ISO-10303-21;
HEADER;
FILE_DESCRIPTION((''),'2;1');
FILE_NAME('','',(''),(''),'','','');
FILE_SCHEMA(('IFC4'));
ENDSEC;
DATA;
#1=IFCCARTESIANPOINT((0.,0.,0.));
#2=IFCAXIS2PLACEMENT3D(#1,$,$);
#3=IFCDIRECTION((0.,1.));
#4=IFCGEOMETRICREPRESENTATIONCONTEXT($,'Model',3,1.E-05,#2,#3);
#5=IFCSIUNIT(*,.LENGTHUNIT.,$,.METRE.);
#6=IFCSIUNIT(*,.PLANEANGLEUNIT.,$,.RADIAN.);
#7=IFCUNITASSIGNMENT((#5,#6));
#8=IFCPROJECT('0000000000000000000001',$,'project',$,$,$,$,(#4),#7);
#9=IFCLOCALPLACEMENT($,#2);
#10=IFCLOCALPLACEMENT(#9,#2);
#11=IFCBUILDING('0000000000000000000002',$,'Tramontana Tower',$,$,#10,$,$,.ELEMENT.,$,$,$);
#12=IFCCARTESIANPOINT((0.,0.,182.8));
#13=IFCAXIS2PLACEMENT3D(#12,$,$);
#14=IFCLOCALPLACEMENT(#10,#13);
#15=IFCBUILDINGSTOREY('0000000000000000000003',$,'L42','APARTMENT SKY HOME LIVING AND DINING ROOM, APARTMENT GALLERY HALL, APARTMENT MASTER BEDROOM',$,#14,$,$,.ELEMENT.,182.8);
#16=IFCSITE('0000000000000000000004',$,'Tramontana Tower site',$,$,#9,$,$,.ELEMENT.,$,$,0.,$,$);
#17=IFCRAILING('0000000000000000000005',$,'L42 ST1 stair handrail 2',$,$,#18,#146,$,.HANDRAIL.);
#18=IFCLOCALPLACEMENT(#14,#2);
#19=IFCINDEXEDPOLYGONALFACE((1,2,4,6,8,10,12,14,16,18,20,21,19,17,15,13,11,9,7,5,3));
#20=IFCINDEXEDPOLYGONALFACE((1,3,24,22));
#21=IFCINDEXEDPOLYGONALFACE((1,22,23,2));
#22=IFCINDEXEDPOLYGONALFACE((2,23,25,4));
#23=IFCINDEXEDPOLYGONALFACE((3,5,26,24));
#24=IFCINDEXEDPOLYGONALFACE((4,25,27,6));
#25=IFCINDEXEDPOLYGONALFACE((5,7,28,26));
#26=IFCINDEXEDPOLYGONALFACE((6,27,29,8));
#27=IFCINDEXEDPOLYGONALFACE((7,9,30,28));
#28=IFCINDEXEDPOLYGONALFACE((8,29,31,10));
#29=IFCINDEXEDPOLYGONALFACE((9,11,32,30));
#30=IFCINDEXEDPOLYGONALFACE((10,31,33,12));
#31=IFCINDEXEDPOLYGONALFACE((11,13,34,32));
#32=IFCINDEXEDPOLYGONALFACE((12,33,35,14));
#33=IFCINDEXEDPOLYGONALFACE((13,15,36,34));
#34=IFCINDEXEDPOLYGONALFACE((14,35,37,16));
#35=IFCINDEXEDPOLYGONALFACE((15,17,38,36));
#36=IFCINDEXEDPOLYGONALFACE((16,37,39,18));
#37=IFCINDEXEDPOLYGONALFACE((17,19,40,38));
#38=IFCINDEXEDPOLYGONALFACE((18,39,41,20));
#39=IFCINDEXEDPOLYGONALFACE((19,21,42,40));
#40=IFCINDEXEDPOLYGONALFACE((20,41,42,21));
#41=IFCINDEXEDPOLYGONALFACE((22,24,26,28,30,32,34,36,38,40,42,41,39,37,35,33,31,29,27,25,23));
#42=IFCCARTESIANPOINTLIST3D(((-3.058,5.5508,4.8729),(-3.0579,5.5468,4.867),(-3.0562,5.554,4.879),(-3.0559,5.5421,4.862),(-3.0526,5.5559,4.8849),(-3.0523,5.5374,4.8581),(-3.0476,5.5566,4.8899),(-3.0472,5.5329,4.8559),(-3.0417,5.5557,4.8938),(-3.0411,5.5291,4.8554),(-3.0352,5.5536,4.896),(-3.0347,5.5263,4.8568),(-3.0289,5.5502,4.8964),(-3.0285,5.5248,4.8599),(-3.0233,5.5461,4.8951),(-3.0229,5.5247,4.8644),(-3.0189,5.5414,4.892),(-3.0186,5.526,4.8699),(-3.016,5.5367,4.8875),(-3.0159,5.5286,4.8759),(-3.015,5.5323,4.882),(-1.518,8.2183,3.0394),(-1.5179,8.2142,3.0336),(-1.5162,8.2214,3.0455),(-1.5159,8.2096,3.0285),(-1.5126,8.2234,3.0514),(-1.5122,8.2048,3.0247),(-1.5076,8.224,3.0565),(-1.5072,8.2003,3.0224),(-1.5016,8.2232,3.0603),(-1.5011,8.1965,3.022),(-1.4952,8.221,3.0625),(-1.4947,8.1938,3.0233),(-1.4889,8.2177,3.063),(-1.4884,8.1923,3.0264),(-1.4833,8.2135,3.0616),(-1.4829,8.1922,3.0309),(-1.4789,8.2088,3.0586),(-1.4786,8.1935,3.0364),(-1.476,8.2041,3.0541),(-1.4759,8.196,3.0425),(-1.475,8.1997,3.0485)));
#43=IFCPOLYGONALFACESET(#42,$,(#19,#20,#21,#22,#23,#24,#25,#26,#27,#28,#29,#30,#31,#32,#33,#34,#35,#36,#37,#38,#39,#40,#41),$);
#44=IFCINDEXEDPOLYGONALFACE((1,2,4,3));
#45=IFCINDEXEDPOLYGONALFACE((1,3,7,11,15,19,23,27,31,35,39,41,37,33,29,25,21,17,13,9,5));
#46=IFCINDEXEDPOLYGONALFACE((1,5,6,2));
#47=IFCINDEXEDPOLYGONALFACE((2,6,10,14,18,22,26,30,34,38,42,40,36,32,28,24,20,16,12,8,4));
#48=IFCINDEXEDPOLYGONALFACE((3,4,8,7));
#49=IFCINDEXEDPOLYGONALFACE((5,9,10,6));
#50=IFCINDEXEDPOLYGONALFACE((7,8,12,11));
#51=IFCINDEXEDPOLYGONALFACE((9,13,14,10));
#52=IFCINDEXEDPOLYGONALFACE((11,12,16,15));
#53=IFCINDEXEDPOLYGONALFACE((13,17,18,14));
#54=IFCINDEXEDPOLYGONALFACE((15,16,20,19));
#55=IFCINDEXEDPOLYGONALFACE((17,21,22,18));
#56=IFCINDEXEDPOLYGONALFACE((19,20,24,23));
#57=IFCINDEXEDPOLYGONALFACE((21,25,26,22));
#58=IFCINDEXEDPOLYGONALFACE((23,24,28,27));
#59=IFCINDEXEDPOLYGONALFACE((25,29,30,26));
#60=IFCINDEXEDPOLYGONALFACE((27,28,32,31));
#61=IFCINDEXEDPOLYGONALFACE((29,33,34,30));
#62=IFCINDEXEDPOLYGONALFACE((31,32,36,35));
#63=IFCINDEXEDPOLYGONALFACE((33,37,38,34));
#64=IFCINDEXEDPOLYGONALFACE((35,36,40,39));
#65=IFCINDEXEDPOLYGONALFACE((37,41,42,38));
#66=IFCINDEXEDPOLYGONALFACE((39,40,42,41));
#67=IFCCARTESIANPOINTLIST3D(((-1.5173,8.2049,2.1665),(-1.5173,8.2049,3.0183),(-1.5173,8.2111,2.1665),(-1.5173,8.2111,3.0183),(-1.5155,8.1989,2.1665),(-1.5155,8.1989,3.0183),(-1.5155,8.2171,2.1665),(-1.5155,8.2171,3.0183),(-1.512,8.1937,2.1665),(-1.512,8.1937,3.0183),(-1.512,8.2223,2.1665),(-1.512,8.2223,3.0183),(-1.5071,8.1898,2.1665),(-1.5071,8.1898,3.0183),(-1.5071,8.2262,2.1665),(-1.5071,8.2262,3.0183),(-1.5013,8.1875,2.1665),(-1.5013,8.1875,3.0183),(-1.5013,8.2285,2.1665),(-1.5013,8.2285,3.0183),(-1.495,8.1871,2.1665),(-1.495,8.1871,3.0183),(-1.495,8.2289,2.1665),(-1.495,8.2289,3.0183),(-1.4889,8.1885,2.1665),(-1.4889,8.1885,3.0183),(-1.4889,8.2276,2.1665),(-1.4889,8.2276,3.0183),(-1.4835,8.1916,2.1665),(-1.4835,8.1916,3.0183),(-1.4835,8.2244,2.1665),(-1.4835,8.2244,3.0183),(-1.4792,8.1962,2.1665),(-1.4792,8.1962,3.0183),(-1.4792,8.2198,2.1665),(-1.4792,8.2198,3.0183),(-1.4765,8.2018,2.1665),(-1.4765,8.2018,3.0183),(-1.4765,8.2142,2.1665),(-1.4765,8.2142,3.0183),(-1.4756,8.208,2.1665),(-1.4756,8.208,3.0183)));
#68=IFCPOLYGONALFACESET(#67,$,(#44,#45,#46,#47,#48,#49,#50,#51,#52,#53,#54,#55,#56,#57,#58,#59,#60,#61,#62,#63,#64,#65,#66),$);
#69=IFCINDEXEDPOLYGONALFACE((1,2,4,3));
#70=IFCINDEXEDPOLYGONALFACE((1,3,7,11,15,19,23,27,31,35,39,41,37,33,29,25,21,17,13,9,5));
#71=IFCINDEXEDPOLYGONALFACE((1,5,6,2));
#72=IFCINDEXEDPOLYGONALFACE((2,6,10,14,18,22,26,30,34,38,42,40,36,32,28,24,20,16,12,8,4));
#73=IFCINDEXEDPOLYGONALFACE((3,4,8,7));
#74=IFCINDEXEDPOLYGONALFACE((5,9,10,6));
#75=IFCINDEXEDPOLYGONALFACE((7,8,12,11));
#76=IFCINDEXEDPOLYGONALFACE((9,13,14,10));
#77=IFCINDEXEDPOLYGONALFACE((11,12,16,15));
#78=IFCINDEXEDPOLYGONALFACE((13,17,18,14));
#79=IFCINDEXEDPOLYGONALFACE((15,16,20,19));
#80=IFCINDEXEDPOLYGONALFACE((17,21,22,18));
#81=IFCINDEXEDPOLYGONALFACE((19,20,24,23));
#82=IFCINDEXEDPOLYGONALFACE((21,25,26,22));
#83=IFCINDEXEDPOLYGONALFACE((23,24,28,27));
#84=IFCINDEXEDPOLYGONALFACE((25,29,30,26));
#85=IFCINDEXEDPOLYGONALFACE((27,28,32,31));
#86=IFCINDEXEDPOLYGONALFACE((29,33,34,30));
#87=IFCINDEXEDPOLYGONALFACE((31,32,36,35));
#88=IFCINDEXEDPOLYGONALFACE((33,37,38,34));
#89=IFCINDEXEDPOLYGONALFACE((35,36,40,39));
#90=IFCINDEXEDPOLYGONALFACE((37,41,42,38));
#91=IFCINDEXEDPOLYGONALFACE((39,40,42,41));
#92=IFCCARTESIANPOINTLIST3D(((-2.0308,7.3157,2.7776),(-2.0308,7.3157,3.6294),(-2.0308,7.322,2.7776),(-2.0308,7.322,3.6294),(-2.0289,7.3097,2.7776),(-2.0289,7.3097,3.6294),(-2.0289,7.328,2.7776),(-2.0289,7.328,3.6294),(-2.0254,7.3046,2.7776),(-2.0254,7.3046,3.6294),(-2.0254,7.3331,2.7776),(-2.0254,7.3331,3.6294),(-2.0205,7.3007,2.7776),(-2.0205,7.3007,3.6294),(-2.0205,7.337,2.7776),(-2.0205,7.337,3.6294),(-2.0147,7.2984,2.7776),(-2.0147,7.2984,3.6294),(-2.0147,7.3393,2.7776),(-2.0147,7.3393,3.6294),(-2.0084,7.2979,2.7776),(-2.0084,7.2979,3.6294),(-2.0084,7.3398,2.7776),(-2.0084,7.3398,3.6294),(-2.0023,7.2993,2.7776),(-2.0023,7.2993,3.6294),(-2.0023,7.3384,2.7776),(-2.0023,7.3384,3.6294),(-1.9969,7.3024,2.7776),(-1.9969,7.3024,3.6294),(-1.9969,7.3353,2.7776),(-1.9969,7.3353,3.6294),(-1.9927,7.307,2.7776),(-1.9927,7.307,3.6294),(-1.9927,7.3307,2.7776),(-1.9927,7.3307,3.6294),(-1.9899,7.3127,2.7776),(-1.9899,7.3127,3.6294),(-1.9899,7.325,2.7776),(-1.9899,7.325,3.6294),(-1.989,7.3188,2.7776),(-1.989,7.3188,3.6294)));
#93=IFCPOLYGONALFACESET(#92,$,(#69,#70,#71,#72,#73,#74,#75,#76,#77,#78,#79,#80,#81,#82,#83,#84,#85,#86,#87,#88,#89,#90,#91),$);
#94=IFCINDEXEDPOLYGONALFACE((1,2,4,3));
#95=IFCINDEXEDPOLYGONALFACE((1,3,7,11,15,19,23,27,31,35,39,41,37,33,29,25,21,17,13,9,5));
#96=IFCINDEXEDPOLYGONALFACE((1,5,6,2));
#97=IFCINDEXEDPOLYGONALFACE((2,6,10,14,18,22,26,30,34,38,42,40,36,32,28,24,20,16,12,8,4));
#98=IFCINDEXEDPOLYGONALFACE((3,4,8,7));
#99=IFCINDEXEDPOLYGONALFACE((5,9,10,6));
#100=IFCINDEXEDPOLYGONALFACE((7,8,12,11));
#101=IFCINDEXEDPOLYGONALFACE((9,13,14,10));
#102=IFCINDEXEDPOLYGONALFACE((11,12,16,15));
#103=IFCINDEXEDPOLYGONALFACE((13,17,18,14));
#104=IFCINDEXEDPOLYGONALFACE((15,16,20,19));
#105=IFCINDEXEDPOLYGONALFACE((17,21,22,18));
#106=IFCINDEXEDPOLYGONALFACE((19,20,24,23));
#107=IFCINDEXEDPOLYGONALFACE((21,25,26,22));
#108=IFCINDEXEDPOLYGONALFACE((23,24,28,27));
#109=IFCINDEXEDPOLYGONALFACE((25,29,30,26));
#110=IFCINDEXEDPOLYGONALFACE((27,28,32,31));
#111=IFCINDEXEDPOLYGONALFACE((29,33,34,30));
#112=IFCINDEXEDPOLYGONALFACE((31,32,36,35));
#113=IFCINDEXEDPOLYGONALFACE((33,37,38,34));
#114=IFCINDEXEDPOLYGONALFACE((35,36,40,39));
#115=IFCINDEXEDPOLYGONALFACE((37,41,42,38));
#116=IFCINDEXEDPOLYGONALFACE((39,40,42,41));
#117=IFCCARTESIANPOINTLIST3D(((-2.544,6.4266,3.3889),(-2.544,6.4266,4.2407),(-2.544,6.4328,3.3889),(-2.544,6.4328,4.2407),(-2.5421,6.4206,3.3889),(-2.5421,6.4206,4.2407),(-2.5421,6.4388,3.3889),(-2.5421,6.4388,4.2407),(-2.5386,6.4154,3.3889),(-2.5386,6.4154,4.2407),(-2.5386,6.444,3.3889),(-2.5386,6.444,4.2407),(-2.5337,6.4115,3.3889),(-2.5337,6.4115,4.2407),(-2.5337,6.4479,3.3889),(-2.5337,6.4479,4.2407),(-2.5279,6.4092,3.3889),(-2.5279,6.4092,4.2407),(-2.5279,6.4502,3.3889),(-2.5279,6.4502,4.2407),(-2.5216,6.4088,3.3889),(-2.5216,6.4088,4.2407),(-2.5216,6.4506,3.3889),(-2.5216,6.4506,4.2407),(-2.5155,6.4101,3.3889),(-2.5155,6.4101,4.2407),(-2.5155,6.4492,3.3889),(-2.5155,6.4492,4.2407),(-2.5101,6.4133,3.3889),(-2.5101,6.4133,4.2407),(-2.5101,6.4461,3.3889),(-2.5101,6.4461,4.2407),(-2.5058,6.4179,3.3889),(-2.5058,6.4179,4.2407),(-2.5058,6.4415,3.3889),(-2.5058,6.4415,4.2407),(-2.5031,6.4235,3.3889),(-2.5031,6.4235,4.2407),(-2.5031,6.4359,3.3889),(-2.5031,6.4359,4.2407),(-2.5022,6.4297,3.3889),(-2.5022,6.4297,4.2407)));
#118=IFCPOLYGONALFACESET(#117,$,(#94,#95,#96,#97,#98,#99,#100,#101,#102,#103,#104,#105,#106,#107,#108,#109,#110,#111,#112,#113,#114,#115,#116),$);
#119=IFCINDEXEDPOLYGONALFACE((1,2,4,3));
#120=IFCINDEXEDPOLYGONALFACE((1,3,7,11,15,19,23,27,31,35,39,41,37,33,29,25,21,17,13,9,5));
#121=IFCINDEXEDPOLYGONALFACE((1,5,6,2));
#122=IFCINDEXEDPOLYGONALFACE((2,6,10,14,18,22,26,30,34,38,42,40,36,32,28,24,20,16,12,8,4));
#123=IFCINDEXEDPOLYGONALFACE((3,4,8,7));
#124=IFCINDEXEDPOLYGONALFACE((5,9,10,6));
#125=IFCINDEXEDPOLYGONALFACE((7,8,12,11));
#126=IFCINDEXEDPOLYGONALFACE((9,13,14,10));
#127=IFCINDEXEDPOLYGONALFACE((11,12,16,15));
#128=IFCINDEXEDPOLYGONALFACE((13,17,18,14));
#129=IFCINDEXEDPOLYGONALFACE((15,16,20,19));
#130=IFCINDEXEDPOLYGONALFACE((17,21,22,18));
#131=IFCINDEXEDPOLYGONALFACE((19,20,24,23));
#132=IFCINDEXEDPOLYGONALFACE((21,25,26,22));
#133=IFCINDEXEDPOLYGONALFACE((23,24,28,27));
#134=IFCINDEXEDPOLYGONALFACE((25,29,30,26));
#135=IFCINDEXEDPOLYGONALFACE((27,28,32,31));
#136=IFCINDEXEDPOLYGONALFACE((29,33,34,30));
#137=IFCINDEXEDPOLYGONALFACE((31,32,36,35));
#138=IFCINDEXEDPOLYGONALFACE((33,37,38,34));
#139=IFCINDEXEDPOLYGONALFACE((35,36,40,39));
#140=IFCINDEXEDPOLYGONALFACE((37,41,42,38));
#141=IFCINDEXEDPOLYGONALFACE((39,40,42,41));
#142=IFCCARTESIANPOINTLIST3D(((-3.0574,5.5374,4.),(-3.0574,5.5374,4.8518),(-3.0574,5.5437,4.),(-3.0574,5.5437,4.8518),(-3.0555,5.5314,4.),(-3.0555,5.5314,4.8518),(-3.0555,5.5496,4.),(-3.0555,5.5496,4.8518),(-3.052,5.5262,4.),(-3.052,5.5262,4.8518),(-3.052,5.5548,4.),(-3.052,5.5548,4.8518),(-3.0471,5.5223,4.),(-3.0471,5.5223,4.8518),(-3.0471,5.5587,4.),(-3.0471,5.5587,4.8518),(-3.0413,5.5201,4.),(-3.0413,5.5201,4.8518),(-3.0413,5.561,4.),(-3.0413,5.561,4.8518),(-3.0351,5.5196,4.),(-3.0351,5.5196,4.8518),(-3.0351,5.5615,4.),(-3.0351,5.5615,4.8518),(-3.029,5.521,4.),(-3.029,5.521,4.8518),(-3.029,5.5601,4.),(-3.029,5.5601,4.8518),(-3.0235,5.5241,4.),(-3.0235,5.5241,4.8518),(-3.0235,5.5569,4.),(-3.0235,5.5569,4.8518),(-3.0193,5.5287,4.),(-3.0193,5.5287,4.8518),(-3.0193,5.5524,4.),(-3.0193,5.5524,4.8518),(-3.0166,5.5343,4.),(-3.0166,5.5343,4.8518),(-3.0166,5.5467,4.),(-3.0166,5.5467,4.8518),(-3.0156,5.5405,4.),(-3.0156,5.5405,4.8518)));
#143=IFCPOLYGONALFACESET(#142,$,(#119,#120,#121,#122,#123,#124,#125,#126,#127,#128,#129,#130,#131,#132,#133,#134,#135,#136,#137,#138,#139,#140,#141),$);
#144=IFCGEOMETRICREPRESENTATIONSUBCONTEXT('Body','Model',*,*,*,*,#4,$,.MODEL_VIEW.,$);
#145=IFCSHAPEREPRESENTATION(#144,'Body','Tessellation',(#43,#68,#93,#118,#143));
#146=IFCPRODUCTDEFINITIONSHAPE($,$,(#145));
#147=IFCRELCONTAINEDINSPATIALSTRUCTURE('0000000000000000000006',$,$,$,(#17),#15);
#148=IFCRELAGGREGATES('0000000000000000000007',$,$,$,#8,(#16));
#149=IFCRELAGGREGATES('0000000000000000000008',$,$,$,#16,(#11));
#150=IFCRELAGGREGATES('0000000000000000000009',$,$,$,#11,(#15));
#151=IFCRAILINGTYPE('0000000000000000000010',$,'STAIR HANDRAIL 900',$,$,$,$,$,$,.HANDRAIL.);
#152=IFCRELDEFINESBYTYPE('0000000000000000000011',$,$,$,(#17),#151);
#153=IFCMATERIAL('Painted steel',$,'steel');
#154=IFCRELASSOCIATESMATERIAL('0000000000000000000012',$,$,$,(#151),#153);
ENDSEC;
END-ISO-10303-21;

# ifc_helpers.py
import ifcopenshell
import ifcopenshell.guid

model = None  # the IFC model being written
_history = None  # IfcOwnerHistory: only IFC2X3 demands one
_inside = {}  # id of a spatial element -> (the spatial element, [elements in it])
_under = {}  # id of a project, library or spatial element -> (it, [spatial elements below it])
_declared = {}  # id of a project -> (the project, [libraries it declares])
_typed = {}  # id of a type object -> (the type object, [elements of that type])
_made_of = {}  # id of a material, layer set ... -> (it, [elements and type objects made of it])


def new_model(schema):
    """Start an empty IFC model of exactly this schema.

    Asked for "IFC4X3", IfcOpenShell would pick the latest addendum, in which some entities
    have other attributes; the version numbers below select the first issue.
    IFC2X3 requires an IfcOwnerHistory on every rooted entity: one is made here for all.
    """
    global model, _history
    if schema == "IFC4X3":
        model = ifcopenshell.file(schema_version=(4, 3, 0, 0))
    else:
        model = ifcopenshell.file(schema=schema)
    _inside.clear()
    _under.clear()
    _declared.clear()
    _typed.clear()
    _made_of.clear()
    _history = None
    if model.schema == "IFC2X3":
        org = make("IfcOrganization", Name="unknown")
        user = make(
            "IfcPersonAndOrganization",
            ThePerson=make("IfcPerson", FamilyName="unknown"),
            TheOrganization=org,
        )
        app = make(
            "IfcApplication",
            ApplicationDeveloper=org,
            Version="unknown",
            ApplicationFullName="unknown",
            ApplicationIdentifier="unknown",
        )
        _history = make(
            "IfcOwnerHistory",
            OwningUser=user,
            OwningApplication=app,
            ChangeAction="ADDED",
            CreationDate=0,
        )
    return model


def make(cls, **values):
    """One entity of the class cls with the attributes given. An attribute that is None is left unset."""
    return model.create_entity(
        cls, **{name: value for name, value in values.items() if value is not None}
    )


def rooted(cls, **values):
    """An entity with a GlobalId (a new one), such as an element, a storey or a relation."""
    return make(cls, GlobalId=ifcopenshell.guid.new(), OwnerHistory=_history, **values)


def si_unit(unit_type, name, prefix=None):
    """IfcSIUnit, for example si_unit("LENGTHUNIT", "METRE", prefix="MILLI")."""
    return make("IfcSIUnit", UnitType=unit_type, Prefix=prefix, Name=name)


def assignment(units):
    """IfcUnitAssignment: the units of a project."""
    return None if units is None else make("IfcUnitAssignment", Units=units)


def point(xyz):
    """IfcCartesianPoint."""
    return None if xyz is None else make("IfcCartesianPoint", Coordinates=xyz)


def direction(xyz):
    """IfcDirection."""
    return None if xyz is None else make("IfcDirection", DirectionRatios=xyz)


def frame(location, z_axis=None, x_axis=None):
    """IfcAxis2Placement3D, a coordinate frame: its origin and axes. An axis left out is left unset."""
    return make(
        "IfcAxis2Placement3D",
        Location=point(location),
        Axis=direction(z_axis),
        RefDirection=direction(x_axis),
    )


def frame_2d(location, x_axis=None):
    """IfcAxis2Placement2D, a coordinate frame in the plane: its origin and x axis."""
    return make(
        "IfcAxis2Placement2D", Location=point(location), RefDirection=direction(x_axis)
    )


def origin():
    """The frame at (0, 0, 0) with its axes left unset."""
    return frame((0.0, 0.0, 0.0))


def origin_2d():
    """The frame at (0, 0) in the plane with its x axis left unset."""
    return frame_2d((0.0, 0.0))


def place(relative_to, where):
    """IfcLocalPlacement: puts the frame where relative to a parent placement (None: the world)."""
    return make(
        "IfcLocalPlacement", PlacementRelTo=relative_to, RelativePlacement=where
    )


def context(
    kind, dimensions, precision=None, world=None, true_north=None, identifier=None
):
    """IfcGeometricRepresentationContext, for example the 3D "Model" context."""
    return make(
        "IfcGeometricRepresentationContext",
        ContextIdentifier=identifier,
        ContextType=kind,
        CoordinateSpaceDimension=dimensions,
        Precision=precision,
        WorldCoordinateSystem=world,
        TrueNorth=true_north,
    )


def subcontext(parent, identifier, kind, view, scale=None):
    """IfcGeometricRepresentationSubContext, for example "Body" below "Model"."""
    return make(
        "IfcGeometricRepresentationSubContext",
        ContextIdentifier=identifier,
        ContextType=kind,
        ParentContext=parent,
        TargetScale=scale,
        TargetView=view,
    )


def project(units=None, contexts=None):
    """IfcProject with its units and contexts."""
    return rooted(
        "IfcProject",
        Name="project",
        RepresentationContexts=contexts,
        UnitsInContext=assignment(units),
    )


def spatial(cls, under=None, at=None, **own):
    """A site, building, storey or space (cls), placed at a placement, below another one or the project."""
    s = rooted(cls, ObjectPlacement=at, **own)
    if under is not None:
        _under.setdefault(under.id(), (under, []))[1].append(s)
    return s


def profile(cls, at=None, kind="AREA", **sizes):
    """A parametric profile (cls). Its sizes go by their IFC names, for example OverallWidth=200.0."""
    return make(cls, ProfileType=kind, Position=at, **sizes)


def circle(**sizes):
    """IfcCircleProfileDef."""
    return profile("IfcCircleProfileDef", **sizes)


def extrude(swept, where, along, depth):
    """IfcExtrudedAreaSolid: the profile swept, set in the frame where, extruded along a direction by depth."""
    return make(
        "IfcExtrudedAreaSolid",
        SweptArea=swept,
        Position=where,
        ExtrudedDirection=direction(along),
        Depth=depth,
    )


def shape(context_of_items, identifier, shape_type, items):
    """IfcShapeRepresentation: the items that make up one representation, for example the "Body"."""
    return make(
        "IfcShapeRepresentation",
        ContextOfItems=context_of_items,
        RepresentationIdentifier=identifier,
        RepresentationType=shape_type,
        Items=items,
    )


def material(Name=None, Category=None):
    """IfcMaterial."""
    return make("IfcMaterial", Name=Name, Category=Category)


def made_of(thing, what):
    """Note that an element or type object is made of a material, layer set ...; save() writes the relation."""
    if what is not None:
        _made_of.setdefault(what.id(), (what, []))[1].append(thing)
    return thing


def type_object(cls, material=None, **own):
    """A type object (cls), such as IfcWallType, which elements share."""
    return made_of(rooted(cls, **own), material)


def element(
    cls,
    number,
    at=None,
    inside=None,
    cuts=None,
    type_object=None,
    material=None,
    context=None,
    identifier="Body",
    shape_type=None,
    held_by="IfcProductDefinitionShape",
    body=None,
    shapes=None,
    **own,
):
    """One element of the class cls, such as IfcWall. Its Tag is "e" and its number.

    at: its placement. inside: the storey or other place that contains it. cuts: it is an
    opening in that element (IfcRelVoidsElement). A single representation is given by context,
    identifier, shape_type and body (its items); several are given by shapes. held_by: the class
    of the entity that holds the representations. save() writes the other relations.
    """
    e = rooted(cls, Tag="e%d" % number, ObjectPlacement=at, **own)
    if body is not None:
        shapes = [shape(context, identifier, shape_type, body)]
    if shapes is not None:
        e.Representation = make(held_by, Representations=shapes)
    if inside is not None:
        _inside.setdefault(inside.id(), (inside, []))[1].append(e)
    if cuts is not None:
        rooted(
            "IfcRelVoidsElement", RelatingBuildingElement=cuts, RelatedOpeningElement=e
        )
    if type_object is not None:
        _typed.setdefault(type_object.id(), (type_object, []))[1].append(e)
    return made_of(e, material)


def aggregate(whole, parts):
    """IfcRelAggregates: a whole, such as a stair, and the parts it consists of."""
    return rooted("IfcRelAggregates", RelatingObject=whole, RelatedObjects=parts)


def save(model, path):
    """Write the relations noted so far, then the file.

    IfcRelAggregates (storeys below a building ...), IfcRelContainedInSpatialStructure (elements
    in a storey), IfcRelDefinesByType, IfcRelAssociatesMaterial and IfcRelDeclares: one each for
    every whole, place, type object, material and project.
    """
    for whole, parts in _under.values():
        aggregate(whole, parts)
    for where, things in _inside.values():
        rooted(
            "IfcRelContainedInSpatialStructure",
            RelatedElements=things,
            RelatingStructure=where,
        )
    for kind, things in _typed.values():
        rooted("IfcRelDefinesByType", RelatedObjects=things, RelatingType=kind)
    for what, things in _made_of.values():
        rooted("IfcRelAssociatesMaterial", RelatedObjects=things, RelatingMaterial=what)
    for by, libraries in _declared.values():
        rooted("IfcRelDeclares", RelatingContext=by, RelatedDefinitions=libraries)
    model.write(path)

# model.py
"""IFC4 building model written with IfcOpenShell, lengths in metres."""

from ifc_helpers import new_model, si_unit, direction, frame, origin, origin_2d, place, context, subcontext, project, spatial, circle, extrude, material, type_object, element, save


model = new_model("IFC4")

# Units and contexts
model_context = context("Model", 3, precision=1e-05, world=origin(), true_north=direction((0.0, 1.0)))
body_context = subcontext(model_context, "Body", "Model", "MODEL_VIEW")
ifc_project = project(units=[si_unit("LENGTHUNIT", "METRE"), si_unit("PLANEANGLEUNIT", "RADIAN")], contexts=[model_context])

# Site, building, storey
site_placement = place(None, origin())
site = spatial("IfcSite", under=ifc_project, at=site_placement, Name="Tramontana Tower site", CompositionType="ELEMENT", RefElevation=0.0)
building_placement = place(site_placement, origin())
building = spatial("IfcBuilding", under=site, at=building_placement, Name="Tramontana Tower", CompositionType="ELEMENT")
storey_placement = place(building_placement, frame((0.0, 0.0, 182.8)))
storey = spatial("IfcBuildingStorey", under=building, at=storey_placement, Name="L42", Description="APARTMENT SKY HOME LIVING AND DINING ROOM, APARTMENT GALLERY HALL, APARTMENT MASTER BEDROOM", CompositionType="ELEMENT", Elevation=182.8)

# Railing
ifc_material_1 = material(Name="Painted steel", Category="steel")
railing_type_1 = type_object("IfcRailingType", Name="STAIR HANDRAIL 900", PredefinedType="HANDRAIL", material=ifc_material_1)
railing_1_placement = place(storey_placement, frame((-1.4966, 8.208, 2.1665)))
element("IfcRailing", 1, at=railing_1_placement, inside=storey, type_object=railing_type_1, Name="L42 ST1 stair handrail 2", PredefinedType="HANDRAIL", context=body_context, shape_type="SweptSolid", body=[
    extrude(circle(Radius=0.0239, at=origin_2d()), frame((0.0, 0.0, 0.876), z_axis=(-0.429634, -0.744164, 0.511502), x_axis=(0.86603, -0.499992, 0.0)), (0.0, 0.0, 1.0), 3.5845),
    extrude(circle(Radius=0.021, at=origin_2d()), origin(), (0.0, 0.0, 1.0), 0.8518),
    extrude(circle(Radius=0.021, at=origin_2d()), frame((-0.5134, -0.8892, 0.6111)), (0.0, 0.0, 1.0), 0.8518),
    extrude(circle(Radius=0.021, at=origin_2d()), frame((-1.0266, -1.7783, 1.2224)), (0.0, 0.0, 1.0), 0.8518),
    extrude(circle(Radius=0.021, at=origin_2d()), frame((-1.54, -2.6675, 1.8335)), (0.0, 0.0, 1.0), 0.8518),
])

save(model, "model.ifc")
